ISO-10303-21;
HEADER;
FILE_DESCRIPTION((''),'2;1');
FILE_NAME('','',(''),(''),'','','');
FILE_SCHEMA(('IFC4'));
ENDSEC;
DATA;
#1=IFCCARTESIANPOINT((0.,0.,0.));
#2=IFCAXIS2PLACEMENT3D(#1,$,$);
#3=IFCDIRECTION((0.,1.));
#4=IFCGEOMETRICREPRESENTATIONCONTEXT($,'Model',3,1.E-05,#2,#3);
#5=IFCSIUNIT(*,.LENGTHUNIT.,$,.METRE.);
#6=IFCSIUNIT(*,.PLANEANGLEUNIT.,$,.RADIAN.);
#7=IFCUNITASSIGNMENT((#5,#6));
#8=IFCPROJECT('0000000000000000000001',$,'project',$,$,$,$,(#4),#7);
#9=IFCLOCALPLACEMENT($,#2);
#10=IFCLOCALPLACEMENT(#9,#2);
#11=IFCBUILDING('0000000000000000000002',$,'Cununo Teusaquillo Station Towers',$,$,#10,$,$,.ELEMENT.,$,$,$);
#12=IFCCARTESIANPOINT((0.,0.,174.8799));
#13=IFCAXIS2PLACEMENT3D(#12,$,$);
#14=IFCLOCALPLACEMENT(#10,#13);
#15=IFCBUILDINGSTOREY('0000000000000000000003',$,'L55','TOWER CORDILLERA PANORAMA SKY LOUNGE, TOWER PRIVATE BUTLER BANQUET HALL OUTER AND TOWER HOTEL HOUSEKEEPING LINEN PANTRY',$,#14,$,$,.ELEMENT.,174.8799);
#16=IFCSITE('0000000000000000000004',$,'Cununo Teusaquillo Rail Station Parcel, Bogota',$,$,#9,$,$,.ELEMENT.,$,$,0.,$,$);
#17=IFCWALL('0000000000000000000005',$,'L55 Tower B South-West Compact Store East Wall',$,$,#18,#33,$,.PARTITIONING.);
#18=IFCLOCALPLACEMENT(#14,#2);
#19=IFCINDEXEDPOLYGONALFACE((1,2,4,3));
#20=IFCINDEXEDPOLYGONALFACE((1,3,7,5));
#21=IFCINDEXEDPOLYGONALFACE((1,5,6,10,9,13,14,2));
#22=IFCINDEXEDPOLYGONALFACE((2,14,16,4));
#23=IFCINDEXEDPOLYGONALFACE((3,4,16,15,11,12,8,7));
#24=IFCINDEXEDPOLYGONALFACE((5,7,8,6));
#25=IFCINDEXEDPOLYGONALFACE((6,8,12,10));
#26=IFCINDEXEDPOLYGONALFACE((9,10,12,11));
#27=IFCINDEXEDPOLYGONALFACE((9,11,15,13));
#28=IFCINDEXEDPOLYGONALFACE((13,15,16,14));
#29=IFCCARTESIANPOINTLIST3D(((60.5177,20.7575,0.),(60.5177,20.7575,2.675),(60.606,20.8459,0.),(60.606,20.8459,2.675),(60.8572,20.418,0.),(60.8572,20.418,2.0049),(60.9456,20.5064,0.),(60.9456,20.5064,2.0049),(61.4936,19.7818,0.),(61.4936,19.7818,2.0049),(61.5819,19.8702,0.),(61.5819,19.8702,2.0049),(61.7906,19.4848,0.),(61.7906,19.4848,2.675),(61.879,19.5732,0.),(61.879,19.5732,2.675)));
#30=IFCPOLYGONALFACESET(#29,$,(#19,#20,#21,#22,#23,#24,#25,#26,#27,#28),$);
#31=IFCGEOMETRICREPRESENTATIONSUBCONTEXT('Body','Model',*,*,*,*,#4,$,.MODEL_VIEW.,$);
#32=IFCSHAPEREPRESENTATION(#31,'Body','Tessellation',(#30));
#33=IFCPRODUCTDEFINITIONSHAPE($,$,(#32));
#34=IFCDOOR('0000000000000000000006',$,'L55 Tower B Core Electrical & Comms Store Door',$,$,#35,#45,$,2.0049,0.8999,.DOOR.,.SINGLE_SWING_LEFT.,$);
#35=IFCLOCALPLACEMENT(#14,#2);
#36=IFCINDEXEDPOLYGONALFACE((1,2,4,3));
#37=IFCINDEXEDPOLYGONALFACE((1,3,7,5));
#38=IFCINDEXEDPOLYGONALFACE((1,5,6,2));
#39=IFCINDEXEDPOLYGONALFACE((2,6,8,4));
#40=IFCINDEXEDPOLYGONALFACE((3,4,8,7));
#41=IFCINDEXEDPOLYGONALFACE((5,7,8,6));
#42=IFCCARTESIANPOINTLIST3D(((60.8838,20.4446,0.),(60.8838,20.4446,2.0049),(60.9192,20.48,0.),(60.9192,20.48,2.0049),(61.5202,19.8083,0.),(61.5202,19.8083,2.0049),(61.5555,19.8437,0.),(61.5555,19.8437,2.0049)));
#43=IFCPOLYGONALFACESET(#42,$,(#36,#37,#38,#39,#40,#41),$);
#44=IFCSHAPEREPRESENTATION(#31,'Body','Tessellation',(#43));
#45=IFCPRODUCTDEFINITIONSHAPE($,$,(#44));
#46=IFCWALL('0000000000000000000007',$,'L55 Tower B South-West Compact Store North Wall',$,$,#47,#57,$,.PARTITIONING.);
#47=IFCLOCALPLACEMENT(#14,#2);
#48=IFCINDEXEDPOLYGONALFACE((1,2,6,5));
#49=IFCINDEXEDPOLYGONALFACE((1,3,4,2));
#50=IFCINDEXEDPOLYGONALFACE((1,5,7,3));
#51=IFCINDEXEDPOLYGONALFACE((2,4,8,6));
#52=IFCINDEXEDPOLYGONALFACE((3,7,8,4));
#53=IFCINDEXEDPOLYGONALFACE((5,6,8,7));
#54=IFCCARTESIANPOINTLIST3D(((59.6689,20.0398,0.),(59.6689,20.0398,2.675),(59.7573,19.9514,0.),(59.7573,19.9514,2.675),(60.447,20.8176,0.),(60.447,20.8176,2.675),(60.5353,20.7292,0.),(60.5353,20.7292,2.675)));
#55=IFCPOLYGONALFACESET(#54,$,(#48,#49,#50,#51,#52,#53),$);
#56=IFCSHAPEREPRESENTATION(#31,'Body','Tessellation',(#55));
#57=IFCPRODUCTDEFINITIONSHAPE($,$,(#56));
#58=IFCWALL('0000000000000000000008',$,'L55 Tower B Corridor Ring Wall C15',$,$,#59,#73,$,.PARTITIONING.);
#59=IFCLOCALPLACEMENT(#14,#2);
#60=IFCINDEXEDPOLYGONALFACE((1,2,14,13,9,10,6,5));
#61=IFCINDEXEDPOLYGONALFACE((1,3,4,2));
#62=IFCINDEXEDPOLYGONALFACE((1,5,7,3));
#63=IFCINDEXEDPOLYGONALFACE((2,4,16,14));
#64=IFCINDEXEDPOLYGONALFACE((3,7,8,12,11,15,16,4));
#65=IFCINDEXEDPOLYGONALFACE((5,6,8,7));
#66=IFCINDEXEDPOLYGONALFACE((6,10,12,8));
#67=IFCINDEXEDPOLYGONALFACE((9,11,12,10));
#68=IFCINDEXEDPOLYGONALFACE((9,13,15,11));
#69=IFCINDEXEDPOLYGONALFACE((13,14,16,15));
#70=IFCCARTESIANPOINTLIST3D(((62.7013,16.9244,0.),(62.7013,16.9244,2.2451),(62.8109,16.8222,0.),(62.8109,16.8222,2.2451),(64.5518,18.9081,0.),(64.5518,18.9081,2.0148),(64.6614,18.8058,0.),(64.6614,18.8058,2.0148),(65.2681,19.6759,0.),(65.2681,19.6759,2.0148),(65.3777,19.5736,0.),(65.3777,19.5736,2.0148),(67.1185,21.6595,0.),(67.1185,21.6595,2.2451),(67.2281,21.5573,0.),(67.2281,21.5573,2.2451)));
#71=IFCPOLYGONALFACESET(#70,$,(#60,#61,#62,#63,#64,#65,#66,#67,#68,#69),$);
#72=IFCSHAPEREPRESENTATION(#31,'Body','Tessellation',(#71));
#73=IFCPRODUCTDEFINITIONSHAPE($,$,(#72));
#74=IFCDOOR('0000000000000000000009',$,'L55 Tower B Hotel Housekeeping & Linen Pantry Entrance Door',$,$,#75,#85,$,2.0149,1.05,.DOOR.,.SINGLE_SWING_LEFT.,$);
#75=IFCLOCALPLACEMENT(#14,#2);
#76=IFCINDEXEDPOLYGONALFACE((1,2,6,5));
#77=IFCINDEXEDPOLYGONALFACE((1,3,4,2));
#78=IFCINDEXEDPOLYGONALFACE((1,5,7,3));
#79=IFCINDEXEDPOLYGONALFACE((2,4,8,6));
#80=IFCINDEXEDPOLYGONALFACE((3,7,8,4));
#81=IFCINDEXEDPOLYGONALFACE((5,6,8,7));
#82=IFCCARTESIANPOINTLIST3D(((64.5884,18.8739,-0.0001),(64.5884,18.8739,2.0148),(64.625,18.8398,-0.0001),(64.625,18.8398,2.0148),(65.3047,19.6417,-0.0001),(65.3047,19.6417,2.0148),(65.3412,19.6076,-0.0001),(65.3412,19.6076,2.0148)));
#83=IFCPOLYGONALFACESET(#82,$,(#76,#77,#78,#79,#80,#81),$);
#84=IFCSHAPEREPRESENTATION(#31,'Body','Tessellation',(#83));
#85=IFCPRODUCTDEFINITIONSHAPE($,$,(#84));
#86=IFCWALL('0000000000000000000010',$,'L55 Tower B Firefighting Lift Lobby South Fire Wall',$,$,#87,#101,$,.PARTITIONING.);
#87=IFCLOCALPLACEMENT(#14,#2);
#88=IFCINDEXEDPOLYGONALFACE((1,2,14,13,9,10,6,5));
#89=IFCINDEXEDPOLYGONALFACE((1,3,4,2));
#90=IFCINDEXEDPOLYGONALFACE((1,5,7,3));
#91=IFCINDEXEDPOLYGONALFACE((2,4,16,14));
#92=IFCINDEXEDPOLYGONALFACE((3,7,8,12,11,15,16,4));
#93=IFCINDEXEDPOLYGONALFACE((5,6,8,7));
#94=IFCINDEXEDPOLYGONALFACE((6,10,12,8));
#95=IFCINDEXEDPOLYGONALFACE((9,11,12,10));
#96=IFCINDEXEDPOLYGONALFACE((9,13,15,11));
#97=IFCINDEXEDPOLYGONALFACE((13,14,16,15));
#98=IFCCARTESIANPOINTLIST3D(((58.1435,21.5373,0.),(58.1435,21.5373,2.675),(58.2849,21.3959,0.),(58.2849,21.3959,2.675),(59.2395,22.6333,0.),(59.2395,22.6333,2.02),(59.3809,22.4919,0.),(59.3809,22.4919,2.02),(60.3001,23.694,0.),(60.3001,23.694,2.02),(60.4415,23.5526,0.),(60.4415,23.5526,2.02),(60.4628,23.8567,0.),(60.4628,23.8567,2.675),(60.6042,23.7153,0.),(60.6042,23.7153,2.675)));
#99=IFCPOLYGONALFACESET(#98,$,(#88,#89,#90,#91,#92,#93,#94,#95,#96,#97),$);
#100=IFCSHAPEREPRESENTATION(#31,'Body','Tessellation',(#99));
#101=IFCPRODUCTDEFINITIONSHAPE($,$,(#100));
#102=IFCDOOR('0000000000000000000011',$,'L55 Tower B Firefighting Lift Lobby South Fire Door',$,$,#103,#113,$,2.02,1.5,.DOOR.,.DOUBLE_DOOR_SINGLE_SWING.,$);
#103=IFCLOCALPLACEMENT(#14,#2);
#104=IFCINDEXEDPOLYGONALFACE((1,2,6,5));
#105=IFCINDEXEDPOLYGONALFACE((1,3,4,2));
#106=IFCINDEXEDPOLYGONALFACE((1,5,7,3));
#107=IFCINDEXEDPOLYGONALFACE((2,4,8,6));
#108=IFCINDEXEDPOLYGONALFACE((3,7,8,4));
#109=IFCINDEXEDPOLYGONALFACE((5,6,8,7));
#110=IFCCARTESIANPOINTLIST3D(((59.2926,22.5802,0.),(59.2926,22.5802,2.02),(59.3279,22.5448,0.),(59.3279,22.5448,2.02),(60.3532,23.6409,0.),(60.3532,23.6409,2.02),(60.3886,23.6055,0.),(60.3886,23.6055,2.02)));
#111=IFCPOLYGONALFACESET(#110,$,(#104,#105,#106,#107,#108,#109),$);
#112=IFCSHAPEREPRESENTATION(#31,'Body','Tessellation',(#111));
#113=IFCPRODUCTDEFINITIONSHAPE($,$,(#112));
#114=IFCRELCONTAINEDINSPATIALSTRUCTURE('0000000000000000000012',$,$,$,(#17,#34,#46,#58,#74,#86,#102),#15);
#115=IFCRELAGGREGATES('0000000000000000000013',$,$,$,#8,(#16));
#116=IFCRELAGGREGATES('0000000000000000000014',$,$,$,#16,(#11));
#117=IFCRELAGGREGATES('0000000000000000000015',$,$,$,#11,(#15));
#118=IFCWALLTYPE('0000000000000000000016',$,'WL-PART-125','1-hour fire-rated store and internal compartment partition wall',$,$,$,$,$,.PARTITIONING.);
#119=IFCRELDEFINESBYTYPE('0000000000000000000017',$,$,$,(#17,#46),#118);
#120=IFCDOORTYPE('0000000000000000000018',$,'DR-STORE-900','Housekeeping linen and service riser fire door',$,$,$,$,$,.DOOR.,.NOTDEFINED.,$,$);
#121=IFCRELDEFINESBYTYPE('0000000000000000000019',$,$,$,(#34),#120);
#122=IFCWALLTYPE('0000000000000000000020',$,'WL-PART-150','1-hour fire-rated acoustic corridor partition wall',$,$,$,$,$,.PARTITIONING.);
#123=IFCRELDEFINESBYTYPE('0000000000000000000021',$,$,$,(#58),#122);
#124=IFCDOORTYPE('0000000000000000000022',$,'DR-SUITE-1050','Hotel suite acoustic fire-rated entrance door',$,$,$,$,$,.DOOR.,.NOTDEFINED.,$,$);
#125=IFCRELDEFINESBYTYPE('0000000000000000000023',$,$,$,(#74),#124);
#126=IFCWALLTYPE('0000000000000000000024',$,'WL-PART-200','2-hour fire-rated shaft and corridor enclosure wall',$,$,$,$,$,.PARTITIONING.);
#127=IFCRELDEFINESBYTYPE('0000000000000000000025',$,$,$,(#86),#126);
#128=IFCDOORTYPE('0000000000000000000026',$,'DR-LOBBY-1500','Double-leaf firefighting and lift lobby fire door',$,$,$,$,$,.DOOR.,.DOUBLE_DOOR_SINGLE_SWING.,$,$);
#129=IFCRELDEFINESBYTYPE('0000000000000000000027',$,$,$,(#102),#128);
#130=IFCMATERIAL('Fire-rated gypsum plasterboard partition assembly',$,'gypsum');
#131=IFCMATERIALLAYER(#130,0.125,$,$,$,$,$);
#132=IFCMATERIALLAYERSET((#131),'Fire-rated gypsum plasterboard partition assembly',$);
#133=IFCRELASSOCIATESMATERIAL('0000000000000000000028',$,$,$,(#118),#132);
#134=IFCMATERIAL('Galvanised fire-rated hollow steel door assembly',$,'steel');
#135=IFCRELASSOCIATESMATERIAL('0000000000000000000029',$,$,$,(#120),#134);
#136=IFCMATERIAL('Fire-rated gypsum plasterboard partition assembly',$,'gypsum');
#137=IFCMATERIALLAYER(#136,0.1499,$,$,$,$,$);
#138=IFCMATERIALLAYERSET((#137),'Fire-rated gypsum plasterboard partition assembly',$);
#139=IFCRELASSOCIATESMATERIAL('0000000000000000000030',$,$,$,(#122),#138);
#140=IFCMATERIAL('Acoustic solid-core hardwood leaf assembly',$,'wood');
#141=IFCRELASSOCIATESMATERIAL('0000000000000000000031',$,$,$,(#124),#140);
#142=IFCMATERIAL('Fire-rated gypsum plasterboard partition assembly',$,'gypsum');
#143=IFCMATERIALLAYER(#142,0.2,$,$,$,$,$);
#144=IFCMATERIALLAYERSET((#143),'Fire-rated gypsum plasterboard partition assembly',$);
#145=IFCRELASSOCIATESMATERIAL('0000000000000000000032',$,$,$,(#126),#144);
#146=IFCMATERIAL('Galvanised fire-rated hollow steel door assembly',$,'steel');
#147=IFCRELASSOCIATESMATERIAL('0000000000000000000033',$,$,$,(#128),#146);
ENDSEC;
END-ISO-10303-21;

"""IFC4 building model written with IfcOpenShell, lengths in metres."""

from ifc_helpers import new_model, si_unit, direction, frame, frame_2d, origin, place, context, subcontext, project, spatial, rectangle, extrude, source, transform, mapped, material, layer, layer_set, type_object, element, fill, save


model = new_model("IFC4")

# Units and contexts
model_context = context("Model", 3, precision=1e-05, world=origin(), true_north=direction((0.0, 1.0)))
body_context = subcontext(model_context, "Body", "Model", "MODEL_VIEW")
ifc_project = project(units=[si_unit("LENGTHUNIT", "METRE"), si_unit("PLANEANGLEUNIT", "RADIAN")], contexts=[model_context])

# Site, building, storey
site_placement = place(None, origin())
site = spatial("IfcSite", under=ifc_project, at=site_placement, Name="Cununo Teusaquillo Rail Station Parcel, Bogota", CompositionType="ELEMENT", RefElevation=0.0)
building_placement = place(site_placement, origin())
building = spatial("IfcBuilding", under=site, at=building_placement, Name="Cununo Teusaquillo Station Towers", CompositionType="ELEMENT")
storey_placement = place(building_placement, frame((0.0, 0.0, 174.8799)))
storey = spatial("IfcBuildingStorey", under=building, at=storey_placement, Name="L55", Description="TOWER CORDILLERA PANORAMA SKY LOUNGE, TOWER PRIVATE BUTLER BANQUET HALL OUTER AND TOWER HOTEL HOUSEKEEPING LINEN PANTRY", CompositionType="ELEMENT", Elevation=174.8799)

# Wall, opening, door
ifc_material_1 = material(Name="Fire-rated gypsum plasterboard partition assembly", Category="gypsum")
ifc_layer_1 = layer(ifc_material_1, 0.125)
ifc_layer_set_1 = layer_set([ifc_layer_1], Name="Fire-rated gypsum plasterboard partition assembly")
wall_type_1 = type_object("IfcWallType", Name="WL-PART-125", Description="1-hour fire-rated store and internal compartment partition wall", PredefinedType="PARTITIONING", material=ifc_layer_set_1)
wall_1_placement = place(storey_placement, frame((61.8347, 19.5291, 0.0), z_axis=(0.0, 0.0, 1.0), x_axis=(-0.707175, 0.707039, 0.0)))
wall_1 = element("IfcWall", 1, at=wall_1_placement, inside=storey, type_object=wall_type_1, Name="L55 Tower B South-West Compact Store East Wall", PredefinedType="PARTITIONING", context=body_context, shape_type="SweptSolid", body=[
    extrude(rectangle(XDim=1.8, YDim=0.125, at=frame_2d((0.8999, 0.0))), origin(), (0.0, 0.0, 1.0), 2.675),
])
shared_shape_1 = source(origin(), body_context, "Body", "SweptSolid", [
    extrude(rectangle(XDim=0.8999, YDim=2.0049, at=frame_2d((0.45, 1.0024))), frame((0.0, 0.0725, 0.0), z_axis=(0.0, -1.0, 0.0), x_axis=(1.0, 0.0, 0.0)), (0.0, 0.0, 1.0), 0.145),
])
opening_1_placement = place(wall_1_placement, frame((0.4199, 0.0, 0.0)))
opening_1 = element("IfcOpeningElement", 2, at=opening_1_placement, cuts=wall_1, PredefinedType="OPENING", context=body_context, shape_type="MappedRepresentation", body=[
    mapped(shared_shape_1, transform((0.0, 0.0, 0.0), x_axis=(1.0, 0.0, 0.0), y_axis=(0.0, 1.0, 0.0), z_axis=(0.0, 0.0, 1.0), scale=1.0)),
])
ifc_material_2 = material(Name="Galvanised fire-rated hollow steel door assembly", Category="steel")
door_type_1 = type_object("IfcDoorType", Name="DR-STORE-900", Description="Housekeeping linen and service riser fire door", OperationType="NOTDEFINED", PredefinedType="DOOR", material=ifc_material_2)
shared_shape_2 = source(origin(), body_context, "Body", "SweptSolid", [
    extrude(rectangle(XDim=0.8999, YDim=2.0049, at=frame_2d((0.45, 1.0024))), frame((0.0, 0.0249, 0.0), z_axis=(0.0, -1.0, 0.0), x_axis=(1.0, 0.0, 0.0)), (0.0, 0.0, 1.0), 0.05),
])
door_1_placement = place(opening_1_placement, origin())
door_1 = element("IfcDoor", 3, at=door_1_placement, inside=storey, type_object=door_type_1, Name="L55 Tower B Core Electrical & Comms Store Door", OperationType="SINGLE_SWING_LEFT", OverallHeight=2.0049, OverallWidth=0.8999, PredefinedType="DOOR", context=body_context, shape_type="MappedRepresentation", body=[
    mapped(shared_shape_2, transform((0.0, 0.0, 0.0), x_axis=(1.0, 0.0, 0.0), y_axis=(0.0, 1.0, 0.0), z_axis=(0.0, 0.0, 1.0), scale=1.0)),
])
fill(opening_1, door_1)

# Wall
wall_2_placement = place(storey_placement, frame((59.7131, 19.9956, 0.0), z_axis=(0.0, 0.0, 1.0), x_axis=(0.707218, 0.706996, 0.0)))
element("IfcWall", 4, at=wall_2_placement, inside=storey, type_object=wall_type_1, Name="L55 Tower B South-West Compact Store North Wall", PredefinedType="PARTITIONING", context=body_context, shape_type="SweptSolid", body=[
    extrude(rectangle(XDim=1.1001, YDim=0.125, at=frame_2d((0.55, 0.0))), origin(), (0.0, 0.0, 1.0), 2.675),
])

# Walls, openings, doors
ifc_material_3 = material(Name="Fire-rated gypsum plasterboard partition assembly", Category="gypsum")
ifc_layer_2 = layer(ifc_material_3, 0.1499)
ifc_layer_set_2 = layer_set([ifc_layer_2], Name="Fire-rated gypsum plasterboard partition assembly")
wall_type_2 = type_object("IfcWallType", Name="WL-PART-150", Description="1-hour fire-rated acoustic corridor partition wall", PredefinedType="PARTITIONING", material=ifc_layer_set_2)
wall_3_placement = place(storey_placement, frame((62.7561, 16.8733, 0.0), z_axis=(0.0, 0.0, 1.0), x_axis=(0.682137, 0.731225, 0.0)))
wall_3 = element("IfcWall", 5, at=wall_3_placement, inside=storey, type_object=wall_type_2, Name="L55 Tower B Corridor Ring Wall C15", PredefinedType="PARTITIONING", context=body_context, shape_type="SweptSolid", body=[
    extrude(rectangle(XDim=6.4756, YDim=0.1499, at=frame_2d((3.2378, 0.0))), origin(), (0.0, 0.0, 1.0), 2.2451),
])
shared_shape_3 = source(origin(), body_context, "Body", "SweptSolid", [
    extrude(rectangle(XDim=1.05, YDim=2.0149, at=frame_2d((0.5249, 1.0073))), frame((0.0, 0.085, 0.0), z_axis=(0.0, -1.0, 0.0), x_axis=(1.0, 0.0, 0.0)), (0.0, 0.0, 1.0), 0.1699),
])
opening_2_placement = place(wall_3_placement, frame((2.7129, 0.0, 0.0)))
opening_2 = element("IfcOpeningElement", 6, at=opening_2_placement, cuts=wall_3, PredefinedType="OPENING", context=body_context, shape_type="MappedRepresentation", body=[
    mapped(shared_shape_3, transform((0.0, 0.0, 0.0), x_axis=(1.0, 0.0, 0.0), y_axis=(0.0, 1.0, 0.0), z_axis=(0.0, 0.0, 1.0), scale=1.0)),
])
ifc_material_4 = material(Name="Acoustic solid-core hardwood leaf assembly", Category="wood")
door_type_2 = type_object("IfcDoorType", Name="DR-SUITE-1050", Description="Hotel suite acoustic fire-rated entrance door", OperationType="NOTDEFINED", PredefinedType="DOOR", material=ifc_material_4)
shared_shape_4 = source(origin(), body_context, "Body", "SweptSolid", [
    extrude(rectangle(XDim=1.05, YDim=2.0149, at=frame_2d((0.5249, 1.0073))), frame((0.0, 0.0249, 0.0), z_axis=(0.0, -1.0, 0.0), x_axis=(1.0, 0.0, 0.0)), (0.0, 0.0, 1.0), 0.05),
])
door_2_placement = place(opening_2_placement, origin())
door_2 = element("IfcDoor", 7, at=door_2_placement, inside=storey, type_object=door_type_2, Name="L55 Tower B Hotel Housekeeping & Linen Pantry Entrance Door", OperationType="SINGLE_SWING_LEFT", OverallHeight=2.0149, OverallWidth=1.05, PredefinedType="DOOR", context=body_context, shape_type="MappedRepresentation", body=[
    mapped(shared_shape_4, transform((0.0, 0.0, 0.0), x_axis=(1.0, 0.0, 0.0), y_axis=(0.0, 1.0, 0.0), z_axis=(0.0, 0.0, 1.0), scale=1.0)),
])
fill(opening_2, door_2)
ifc_material_5 = material(Name="Fire-rated gypsum plasterboard partition assembly", Category="gypsum")
ifc_layer_3 = layer(ifc_material_5, 0.2)
ifc_layer_set_3 = layer_set([ifc_layer_3], Name="Fire-rated gypsum plasterboard partition assembly")
wall_type_3 = type_object("IfcWallType", Name="WL-PART-200", Description="2-hour fire-rated shaft and corridor enclosure wall", PredefinedType="PARTITIONING", material=ifc_layer_set_3)
wall_4_placement = place(storey_placement, frame((58.2141, 21.4666, 0.0), z_axis=(0.0, 0.0, 1.0), x_axis=(0.707107, 0.707107, 0.0)))
wall_4 = element("IfcWall", 8, at=wall_4_placement, inside=storey, type_object=wall_type_3, Name="L55 Tower B Firefighting Lift Lobby South Fire Wall", PredefinedType="PARTITIONING", context=body_context, shape_type="SweptSolid", body=[
    extrude(rectangle(XDim=3.28, YDim=0.2, at=frame_2d((1.6401, 0.0))), origin(), (0.0, 0.0, 1.0), 2.675),
])
shared_shape_5 = source(origin(), body_context, "Body", "SweptSolid", [
    extrude(rectangle(XDim=1.5, YDim=2.02, at=frame_2d((0.75, 1.01))), frame((0.0, 0.1099, 0.0), z_axis=(0.0, -1.0, 0.0), x_axis=(1.0, 0.0, 0.0)), (0.0, 0.0, 1.0), 0.22),
])
opening_3_placement = place(wall_4_placement, frame((1.55, 0.0, 0.0)))
opening_3 = element("IfcOpeningElement", 9, at=opening_3_placement, cuts=wall_4, PredefinedType="OPENING", context=body_context, shape_type="MappedRepresentation", body=[
    mapped(shared_shape_5, transform((0.0, 0.0, 0.0), x_axis=(1.0, 0.0, 0.0), y_axis=(0.0, 1.0, 0.0), z_axis=(0.0, 0.0, 1.0), scale=1.0)),
])
ifc_material_6 = material(Name="Galvanised fire-rated hollow steel door assembly", Category="steel")
door_type_3 = type_object("IfcDoorType", Name="DR-LOBBY-1500", Description="Double-leaf firefighting and lift lobby fire door", OperationType="DOUBLE_DOOR_SINGLE_SWING", PredefinedType="DOOR", material=ifc_material_6)
shared_shape_6 = source(origin(), body_context, "Body", "SweptSolid", [
    extrude(rectangle(XDim=1.5, YDim=2.02, at=frame_2d((0.75, 1.01))), frame((0.0, 0.0249, 0.0), z_axis=(0.0, -1.0, 0.0), x_axis=(1.0, 0.0, 0.0)), (0.0, 0.0, 1.0), 0.05),
])
door_3_placement = place(opening_3_placement, origin())
door_3 = element("IfcDoor", 10, at=door_3_placement, inside=storey, type_object=door_type_3, Name="L55 Tower B Firefighting Lift Lobby South Fire Door", OperationType="DOUBLE_DOOR_SINGLE_SWING", OverallHeight=2.02, OverallWidth=1.5, PredefinedType="DOOR", context=body_context, shape_type="MappedRepresentation", body=[
    mapped(shared_shape_6, transform((0.0, 0.0, 0.0), x_axis=(1.0, 0.0, 0.0), y_axis=(0.0, 1.0, 0.0), z_axis=(0.0, 0.0, 1.0), scale=1.0)),
])
fill(opening_3, door_3)

save(model, "model.ifc")
